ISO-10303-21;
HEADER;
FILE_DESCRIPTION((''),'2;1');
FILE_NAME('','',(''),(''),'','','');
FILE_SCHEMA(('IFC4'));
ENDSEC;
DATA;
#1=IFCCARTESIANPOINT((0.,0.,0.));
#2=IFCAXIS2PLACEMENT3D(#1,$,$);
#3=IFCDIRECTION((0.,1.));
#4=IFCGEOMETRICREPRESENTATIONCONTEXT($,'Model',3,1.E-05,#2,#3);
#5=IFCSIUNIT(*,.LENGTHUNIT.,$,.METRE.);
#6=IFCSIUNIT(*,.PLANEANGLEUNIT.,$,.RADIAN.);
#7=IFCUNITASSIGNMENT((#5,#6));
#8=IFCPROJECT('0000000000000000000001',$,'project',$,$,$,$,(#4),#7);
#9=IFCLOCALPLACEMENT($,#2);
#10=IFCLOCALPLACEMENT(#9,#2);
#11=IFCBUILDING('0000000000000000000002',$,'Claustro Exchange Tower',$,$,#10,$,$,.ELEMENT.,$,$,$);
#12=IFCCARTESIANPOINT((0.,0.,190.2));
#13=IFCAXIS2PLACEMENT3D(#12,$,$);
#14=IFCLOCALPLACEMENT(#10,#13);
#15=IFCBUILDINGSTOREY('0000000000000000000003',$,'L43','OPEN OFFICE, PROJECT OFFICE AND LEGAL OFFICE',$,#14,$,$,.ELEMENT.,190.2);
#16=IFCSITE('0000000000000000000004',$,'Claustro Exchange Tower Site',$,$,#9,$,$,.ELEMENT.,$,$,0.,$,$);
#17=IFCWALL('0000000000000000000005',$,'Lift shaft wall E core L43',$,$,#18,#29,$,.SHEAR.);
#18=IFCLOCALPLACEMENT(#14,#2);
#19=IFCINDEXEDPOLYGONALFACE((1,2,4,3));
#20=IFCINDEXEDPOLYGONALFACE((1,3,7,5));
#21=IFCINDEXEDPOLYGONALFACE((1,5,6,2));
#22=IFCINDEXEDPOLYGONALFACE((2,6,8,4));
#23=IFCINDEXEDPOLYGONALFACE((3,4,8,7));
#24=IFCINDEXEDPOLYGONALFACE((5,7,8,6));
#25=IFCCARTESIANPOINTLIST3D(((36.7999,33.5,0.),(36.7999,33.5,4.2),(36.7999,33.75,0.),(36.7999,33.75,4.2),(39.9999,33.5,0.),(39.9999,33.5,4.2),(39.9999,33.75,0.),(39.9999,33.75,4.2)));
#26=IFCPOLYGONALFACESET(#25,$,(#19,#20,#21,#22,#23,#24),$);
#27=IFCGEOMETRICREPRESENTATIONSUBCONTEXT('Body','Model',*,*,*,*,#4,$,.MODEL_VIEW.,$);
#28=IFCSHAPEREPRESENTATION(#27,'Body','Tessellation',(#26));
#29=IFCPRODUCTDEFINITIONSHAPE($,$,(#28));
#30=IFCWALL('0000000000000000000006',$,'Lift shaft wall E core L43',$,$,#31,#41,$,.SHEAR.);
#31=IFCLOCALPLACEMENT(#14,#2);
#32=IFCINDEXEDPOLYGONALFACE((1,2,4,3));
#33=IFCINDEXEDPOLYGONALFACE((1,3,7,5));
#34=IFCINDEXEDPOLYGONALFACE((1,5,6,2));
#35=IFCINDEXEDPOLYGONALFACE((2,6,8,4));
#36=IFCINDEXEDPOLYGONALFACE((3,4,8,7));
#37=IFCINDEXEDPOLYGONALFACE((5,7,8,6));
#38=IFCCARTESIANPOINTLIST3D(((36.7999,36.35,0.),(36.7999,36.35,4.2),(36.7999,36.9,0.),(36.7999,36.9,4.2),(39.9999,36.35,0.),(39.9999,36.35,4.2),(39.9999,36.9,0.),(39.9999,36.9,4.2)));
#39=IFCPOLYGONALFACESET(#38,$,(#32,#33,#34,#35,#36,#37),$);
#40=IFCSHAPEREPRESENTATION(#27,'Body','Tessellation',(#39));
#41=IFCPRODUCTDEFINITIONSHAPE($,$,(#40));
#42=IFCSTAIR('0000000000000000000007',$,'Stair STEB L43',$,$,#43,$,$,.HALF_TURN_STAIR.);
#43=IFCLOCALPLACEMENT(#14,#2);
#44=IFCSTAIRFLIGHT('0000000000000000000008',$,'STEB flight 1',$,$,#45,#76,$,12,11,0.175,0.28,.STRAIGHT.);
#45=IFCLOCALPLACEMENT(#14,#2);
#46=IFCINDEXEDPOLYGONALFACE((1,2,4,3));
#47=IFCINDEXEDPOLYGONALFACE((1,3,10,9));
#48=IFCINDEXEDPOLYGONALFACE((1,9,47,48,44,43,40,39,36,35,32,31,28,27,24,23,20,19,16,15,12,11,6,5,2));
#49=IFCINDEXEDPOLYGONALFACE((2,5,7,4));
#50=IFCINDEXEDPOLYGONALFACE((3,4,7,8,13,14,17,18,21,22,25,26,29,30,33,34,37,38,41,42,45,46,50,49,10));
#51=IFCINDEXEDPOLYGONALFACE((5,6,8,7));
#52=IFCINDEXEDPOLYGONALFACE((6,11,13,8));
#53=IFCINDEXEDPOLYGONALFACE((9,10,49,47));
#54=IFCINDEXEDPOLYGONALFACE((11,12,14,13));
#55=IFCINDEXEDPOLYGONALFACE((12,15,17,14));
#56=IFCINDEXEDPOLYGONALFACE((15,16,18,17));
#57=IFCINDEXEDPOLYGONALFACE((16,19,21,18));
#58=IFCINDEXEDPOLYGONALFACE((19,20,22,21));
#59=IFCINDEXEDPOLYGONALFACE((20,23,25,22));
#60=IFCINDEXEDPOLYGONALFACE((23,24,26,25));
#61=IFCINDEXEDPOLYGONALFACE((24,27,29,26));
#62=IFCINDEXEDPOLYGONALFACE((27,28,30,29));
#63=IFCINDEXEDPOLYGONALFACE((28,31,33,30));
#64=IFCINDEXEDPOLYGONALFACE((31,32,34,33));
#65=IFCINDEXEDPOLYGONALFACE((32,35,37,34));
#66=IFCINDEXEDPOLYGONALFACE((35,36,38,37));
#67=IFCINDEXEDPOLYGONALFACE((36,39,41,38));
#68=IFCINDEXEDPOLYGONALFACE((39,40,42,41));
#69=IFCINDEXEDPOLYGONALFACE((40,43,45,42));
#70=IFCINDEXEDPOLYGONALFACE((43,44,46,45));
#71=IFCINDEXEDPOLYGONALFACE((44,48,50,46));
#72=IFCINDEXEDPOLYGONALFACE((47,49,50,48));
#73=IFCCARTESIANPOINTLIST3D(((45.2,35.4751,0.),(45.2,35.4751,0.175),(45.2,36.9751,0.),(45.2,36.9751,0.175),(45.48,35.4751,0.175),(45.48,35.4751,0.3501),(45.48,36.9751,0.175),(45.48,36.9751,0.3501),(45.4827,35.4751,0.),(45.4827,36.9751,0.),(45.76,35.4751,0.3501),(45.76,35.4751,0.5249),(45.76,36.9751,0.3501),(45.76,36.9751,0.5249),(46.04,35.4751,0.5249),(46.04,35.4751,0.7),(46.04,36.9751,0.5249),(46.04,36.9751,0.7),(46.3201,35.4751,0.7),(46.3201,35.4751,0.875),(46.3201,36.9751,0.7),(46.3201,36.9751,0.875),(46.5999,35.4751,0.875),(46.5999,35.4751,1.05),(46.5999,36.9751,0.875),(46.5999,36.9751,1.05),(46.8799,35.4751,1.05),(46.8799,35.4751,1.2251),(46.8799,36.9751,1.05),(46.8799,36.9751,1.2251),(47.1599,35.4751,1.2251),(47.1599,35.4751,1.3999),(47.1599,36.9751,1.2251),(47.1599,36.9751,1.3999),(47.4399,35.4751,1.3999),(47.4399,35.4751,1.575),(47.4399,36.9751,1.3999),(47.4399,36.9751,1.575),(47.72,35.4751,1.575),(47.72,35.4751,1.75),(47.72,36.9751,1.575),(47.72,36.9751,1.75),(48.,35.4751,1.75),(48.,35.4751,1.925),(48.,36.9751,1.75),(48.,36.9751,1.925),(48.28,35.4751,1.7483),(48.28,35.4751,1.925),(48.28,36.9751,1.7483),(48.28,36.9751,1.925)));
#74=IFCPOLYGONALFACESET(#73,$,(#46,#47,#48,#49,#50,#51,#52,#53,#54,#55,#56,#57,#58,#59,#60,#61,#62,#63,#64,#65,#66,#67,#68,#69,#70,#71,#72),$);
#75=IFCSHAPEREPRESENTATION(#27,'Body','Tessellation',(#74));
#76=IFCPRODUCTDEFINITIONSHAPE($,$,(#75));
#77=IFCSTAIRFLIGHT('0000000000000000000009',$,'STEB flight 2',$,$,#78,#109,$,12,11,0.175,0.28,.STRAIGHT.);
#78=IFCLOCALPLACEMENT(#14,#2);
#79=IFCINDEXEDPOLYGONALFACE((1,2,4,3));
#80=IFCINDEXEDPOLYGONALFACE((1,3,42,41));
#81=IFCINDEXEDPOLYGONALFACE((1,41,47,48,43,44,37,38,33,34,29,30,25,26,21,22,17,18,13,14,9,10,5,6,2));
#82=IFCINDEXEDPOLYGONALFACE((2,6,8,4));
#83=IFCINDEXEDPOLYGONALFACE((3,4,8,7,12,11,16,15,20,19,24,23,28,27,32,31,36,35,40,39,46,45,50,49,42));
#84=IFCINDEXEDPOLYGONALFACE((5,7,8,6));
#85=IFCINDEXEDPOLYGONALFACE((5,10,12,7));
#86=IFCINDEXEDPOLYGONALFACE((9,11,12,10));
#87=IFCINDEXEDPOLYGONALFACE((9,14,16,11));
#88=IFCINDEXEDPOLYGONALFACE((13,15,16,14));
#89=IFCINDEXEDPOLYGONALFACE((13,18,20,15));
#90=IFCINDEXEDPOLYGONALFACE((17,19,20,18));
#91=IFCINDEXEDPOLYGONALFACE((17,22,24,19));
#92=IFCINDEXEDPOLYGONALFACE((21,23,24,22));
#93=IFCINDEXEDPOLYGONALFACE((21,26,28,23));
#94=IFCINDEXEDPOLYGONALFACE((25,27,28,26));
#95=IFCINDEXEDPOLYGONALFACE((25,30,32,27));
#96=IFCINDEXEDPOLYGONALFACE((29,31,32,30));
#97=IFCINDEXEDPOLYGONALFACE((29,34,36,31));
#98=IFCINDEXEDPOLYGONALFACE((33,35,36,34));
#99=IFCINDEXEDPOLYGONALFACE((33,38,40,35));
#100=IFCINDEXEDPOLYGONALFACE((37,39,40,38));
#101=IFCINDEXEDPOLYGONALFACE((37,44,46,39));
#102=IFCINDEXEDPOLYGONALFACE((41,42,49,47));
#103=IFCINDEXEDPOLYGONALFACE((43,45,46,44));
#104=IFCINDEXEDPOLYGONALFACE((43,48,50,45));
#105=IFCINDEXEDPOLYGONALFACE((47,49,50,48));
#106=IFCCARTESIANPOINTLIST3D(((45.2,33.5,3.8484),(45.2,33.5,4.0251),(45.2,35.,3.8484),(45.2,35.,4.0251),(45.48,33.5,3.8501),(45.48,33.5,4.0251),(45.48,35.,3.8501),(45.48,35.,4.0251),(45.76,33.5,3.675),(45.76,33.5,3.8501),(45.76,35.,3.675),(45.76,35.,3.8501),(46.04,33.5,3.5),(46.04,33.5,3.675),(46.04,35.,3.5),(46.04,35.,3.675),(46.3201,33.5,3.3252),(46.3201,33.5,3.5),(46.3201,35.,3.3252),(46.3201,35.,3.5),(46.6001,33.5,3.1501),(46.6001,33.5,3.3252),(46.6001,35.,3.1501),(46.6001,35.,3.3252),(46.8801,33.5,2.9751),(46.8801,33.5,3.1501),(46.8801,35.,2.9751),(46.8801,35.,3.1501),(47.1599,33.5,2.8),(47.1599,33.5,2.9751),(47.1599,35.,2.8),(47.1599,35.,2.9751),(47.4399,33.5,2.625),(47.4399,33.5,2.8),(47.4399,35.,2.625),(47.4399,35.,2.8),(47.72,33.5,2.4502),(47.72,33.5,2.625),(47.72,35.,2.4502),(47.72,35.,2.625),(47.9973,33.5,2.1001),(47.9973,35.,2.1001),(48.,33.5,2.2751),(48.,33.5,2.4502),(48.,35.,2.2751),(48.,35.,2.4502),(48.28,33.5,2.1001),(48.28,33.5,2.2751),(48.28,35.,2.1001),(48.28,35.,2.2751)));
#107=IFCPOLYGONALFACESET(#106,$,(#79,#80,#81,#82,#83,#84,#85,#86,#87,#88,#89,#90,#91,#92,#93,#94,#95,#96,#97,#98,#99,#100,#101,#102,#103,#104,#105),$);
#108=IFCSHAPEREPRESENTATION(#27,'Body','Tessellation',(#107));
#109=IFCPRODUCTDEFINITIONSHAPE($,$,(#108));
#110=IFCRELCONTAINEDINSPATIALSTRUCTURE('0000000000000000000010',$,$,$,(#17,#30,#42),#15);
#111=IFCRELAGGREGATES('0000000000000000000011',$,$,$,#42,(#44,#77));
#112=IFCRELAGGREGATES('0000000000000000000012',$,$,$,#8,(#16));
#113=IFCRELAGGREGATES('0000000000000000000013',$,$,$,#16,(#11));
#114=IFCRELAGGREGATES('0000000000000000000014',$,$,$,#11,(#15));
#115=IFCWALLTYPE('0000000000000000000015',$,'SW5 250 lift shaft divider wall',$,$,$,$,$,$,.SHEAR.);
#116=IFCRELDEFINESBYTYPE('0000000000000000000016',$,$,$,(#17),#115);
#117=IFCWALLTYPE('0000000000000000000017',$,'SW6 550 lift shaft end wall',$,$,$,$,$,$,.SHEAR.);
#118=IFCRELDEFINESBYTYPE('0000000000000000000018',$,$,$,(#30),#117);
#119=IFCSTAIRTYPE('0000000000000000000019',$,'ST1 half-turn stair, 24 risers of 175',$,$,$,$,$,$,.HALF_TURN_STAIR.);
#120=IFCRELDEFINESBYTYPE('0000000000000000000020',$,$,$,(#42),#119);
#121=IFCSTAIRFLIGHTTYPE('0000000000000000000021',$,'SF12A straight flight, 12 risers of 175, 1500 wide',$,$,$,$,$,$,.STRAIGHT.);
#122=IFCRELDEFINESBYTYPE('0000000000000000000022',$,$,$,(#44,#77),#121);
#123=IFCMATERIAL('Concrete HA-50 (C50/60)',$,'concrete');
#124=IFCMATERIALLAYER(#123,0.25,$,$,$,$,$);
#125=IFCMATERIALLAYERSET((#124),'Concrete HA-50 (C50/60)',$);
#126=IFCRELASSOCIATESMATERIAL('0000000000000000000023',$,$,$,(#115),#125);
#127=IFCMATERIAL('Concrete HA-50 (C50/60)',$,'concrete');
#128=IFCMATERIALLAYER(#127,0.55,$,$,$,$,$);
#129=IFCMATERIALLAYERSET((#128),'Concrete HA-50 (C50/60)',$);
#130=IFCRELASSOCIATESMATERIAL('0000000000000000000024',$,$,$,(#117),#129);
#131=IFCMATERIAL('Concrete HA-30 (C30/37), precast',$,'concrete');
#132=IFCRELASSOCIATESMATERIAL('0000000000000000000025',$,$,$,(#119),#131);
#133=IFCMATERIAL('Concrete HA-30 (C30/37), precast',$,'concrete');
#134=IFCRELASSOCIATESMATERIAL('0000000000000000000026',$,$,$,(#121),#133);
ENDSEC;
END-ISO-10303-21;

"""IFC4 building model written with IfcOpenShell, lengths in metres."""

from ifc_helpers import new_model, si_unit, direction, frame, frame_2d, origin, place, context, subcontext, project, spatial, polyline, rectangle, outline, extrude, material, layer, layer_set, type_object, element, aggregate, save


model = new_model("IFC4")

# Units and contexts
model_context = context("Model", 3, precision=1e-05, world=origin(), true_north=direction((0.0, 1.0)))
body_context = subcontext(model_context, "Body", "Model", "MODEL_VIEW")
ifc_project = project(units=[si_unit("LENGTHUNIT", "METRE"), si_unit("PLANEANGLEUNIT", "RADIAN")], contexts=[model_context])

# Site, building, storey
site_placement = place(None, origin())
site = spatial("IfcSite", under=ifc_project, at=site_placement, Name="Claustro Exchange Tower Site", CompositionType="ELEMENT", RefElevation=0.0)
building_placement = place(site_placement, origin())
building = spatial("IfcBuilding", under=site, at=building_placement, Name="Claustro Exchange Tower", CompositionType="ELEMENT")
storey_placement = place(building_placement, frame((0.0, 0.0, 190.2)))
storey = spatial("IfcBuildingStorey", under=building, at=storey_placement, Name="L43", Description="OPEN OFFICE, PROJECT OFFICE AND LEGAL OFFICE", CompositionType="ELEMENT", Elevation=190.2)

# Walls
ifc_material_1 = material(Name="Concrete HA-50 (C50/60)", Category="concrete")
ifc_layer_1 = layer(ifc_material_1, 0.25)
ifc_layer_set_1 = layer_set([ifc_layer_1], Name="Concrete HA-50 (C50/60)")
wall_type_1 = type_object("IfcWallType", Name="SW5 250 lift shaft divider wall", PredefinedType="SHEAR", material=ifc_layer_set_1)
for number, where, z_axis, x_axis, name in (
    (1, (40.0, 33.625, 0.0), (0.0, 0.0, 1.0), (-1.0, 0.0, 0.0), "Lift shaft wall E core L43"),
):
    element("IfcWall", number, at=place(storey_placement, frame(where, z_axis=z_axis, x_axis=x_axis)), inside=storey, type_object=wall_type_1, Name=name, PredefinedType="SHEAR", context=body_context, shape_type="SweptSolid", body=[
        extrude(rectangle(XDim=3.2, YDim=0.25, at=frame_2d((1.6001, 0.0))), origin(), (0.0, 0.0, 1.0), 4.2),
    ])
ifc_material_2 = material(Name="Concrete HA-50 (C50/60)", Category="concrete")
ifc_layer_2 = layer(ifc_material_2, 0.55)
ifc_layer_set_2 = layer_set([ifc_layer_2], Name="Concrete HA-50 (C50/60)")
wall_type_2 = type_object("IfcWallType", Name="SW6 550 lift shaft end wall", PredefinedType="SHEAR", material=ifc_layer_set_2)
wall_1_placement = place(storey_placement, frame((40.0, 36.625, 0.0), z_axis=(0.0, 0.0, 1.0), x_axis=(-1.0, 0.0, 0.0)))
element("IfcWall", 2, at=wall_1_placement, inside=storey, type_object=wall_type_2, Name="Lift shaft wall E core L43", PredefinedType="SHEAR", context=body_context, shape_type="SweptSolid", body=[
    extrude(rectangle(XDim=3.2, YDim=0.55, at=frame_2d((1.6001, 0.0))), origin(), (0.0, 0.0, 1.0), 4.2),
])

# Stair, stair flights
ifc_material_3 = material(Name="Concrete HA-30 (C30/37), precast", Category="concrete")
stair_type = type_object("IfcStairType", Name="ST1 half-turn stair, 24 risers of 175", PredefinedType="HALF_TURN_STAIR", material=ifc_material_3)
stair_placement = place(storey_placement, origin())
stair = element("IfcStair", 3, at=stair_placement, inside=storey, type_object=stair_type, Name="Stair STEB L43", PredefinedType="HALF_TURN_STAIR")
ifc_material_4 = material(Name="Concrete HA-30 (C30/37), precast", Category="concrete")
stair_flight_type = type_object("IfcStairFlightType", Name="SF12A straight flight, 12 risers of 175, 1500 wide", PredefinedType="STRAIGHT", material=ifc_material_4)
stair_flight_1_placement = place(storey_placement, frame((45.2, 36.2251, 0.0), z_axis=(0.0, 0.0, 1.0), x_axis=(1.0, 0.0, 0.0)))
stair_flight_1 = element("IfcStairFlight", 4, at=stair_flight_1_placement, type_object=stair_flight_type, Name="STEB flight 1", NumberOfRisers=12, NumberOfTreads=11, PredefinedType="STRAIGHT", RiserHeight=0.175, TreadLength=0.28, context=body_context, shape_type="SweptSolid", body=[
    extrude(outline(polyline([(0.0, 0.0), (0.0, 0.175), (0.28, 0.175), (0.28, 0.3501), (0.5601, 0.3501), (0.5601, 0.5249), (0.8401, 0.5249), (0.8401, 0.7), (1.1201, 0.7), (1.1201, 0.875), (1.3999, 0.875), (1.3999, 1.05), (1.6799, 1.05), (1.6799, 1.2251), (1.96, 1.2251), (1.96, 1.3999), (2.24, 1.3999), (2.24, 1.575), (2.52, 1.575), (2.52, 1.75), (2.8, 1.75), (2.8, 1.925), (3.0801, 1.925), (3.0801, 2.1001), (3.0801, 1.7483), (0.2827, 0.0), (0.0, 0.0)])), frame((0.0, 0.75, 0.0), z_axis=(0.0, -1.0, 0.0), x_axis=(1.0, 0.0, 0.0)), (0.0, 0.0, 1.0), 1.5),
])
stair_flight_2_placement = place(storey_placement, frame((48.28, 34.25, 2.1001), z_axis=(0.0, 0.0, 1.0), x_axis=(-1.0, 0.0, 0.0)))
stair_flight_2 = element("IfcStairFlight", 5, at=stair_flight_2_placement, type_object=stair_flight_type, Name="STEB flight 2", NumberOfRisers=12, NumberOfTreads=11, PredefinedType="STRAIGHT", RiserHeight=0.175, TreadLength=0.28, context=body_context, shape_type="SweptSolid", body=[
    extrude(outline(polyline([(0.0, 0.0), (0.0, 0.175), (0.28, 0.175), (0.28, 0.3501), (0.5601, 0.3501), (0.5601, 0.5249), (0.8401, 0.5249), (0.8401, 0.7), (1.1201, 0.7), (1.1201, 0.875), (1.3999, 0.875), (1.3999, 1.05), (1.6799, 1.05), (1.6799, 1.2251), (1.96, 1.2251), (1.96, 1.3999), (2.24, 1.3999), (2.24, 1.575), (2.52, 1.575), (2.52, 1.75), (2.8, 1.75), (2.8, 1.925), (3.0801, 1.925), (3.0801, 2.1001), (3.0801, 1.7483), (0.2827, 0.0), (0.0, 0.0)])), frame((0.0, 0.75, 0.0), z_axis=(0.0, -1.0, 0.0), x_axis=(1.0, 0.0, 0.0)), (0.0, 0.0, 1.0), 1.5),
])
aggregate(stair, [stair_flight_1, stair_flight_2])

save(model, "model.ifc")
